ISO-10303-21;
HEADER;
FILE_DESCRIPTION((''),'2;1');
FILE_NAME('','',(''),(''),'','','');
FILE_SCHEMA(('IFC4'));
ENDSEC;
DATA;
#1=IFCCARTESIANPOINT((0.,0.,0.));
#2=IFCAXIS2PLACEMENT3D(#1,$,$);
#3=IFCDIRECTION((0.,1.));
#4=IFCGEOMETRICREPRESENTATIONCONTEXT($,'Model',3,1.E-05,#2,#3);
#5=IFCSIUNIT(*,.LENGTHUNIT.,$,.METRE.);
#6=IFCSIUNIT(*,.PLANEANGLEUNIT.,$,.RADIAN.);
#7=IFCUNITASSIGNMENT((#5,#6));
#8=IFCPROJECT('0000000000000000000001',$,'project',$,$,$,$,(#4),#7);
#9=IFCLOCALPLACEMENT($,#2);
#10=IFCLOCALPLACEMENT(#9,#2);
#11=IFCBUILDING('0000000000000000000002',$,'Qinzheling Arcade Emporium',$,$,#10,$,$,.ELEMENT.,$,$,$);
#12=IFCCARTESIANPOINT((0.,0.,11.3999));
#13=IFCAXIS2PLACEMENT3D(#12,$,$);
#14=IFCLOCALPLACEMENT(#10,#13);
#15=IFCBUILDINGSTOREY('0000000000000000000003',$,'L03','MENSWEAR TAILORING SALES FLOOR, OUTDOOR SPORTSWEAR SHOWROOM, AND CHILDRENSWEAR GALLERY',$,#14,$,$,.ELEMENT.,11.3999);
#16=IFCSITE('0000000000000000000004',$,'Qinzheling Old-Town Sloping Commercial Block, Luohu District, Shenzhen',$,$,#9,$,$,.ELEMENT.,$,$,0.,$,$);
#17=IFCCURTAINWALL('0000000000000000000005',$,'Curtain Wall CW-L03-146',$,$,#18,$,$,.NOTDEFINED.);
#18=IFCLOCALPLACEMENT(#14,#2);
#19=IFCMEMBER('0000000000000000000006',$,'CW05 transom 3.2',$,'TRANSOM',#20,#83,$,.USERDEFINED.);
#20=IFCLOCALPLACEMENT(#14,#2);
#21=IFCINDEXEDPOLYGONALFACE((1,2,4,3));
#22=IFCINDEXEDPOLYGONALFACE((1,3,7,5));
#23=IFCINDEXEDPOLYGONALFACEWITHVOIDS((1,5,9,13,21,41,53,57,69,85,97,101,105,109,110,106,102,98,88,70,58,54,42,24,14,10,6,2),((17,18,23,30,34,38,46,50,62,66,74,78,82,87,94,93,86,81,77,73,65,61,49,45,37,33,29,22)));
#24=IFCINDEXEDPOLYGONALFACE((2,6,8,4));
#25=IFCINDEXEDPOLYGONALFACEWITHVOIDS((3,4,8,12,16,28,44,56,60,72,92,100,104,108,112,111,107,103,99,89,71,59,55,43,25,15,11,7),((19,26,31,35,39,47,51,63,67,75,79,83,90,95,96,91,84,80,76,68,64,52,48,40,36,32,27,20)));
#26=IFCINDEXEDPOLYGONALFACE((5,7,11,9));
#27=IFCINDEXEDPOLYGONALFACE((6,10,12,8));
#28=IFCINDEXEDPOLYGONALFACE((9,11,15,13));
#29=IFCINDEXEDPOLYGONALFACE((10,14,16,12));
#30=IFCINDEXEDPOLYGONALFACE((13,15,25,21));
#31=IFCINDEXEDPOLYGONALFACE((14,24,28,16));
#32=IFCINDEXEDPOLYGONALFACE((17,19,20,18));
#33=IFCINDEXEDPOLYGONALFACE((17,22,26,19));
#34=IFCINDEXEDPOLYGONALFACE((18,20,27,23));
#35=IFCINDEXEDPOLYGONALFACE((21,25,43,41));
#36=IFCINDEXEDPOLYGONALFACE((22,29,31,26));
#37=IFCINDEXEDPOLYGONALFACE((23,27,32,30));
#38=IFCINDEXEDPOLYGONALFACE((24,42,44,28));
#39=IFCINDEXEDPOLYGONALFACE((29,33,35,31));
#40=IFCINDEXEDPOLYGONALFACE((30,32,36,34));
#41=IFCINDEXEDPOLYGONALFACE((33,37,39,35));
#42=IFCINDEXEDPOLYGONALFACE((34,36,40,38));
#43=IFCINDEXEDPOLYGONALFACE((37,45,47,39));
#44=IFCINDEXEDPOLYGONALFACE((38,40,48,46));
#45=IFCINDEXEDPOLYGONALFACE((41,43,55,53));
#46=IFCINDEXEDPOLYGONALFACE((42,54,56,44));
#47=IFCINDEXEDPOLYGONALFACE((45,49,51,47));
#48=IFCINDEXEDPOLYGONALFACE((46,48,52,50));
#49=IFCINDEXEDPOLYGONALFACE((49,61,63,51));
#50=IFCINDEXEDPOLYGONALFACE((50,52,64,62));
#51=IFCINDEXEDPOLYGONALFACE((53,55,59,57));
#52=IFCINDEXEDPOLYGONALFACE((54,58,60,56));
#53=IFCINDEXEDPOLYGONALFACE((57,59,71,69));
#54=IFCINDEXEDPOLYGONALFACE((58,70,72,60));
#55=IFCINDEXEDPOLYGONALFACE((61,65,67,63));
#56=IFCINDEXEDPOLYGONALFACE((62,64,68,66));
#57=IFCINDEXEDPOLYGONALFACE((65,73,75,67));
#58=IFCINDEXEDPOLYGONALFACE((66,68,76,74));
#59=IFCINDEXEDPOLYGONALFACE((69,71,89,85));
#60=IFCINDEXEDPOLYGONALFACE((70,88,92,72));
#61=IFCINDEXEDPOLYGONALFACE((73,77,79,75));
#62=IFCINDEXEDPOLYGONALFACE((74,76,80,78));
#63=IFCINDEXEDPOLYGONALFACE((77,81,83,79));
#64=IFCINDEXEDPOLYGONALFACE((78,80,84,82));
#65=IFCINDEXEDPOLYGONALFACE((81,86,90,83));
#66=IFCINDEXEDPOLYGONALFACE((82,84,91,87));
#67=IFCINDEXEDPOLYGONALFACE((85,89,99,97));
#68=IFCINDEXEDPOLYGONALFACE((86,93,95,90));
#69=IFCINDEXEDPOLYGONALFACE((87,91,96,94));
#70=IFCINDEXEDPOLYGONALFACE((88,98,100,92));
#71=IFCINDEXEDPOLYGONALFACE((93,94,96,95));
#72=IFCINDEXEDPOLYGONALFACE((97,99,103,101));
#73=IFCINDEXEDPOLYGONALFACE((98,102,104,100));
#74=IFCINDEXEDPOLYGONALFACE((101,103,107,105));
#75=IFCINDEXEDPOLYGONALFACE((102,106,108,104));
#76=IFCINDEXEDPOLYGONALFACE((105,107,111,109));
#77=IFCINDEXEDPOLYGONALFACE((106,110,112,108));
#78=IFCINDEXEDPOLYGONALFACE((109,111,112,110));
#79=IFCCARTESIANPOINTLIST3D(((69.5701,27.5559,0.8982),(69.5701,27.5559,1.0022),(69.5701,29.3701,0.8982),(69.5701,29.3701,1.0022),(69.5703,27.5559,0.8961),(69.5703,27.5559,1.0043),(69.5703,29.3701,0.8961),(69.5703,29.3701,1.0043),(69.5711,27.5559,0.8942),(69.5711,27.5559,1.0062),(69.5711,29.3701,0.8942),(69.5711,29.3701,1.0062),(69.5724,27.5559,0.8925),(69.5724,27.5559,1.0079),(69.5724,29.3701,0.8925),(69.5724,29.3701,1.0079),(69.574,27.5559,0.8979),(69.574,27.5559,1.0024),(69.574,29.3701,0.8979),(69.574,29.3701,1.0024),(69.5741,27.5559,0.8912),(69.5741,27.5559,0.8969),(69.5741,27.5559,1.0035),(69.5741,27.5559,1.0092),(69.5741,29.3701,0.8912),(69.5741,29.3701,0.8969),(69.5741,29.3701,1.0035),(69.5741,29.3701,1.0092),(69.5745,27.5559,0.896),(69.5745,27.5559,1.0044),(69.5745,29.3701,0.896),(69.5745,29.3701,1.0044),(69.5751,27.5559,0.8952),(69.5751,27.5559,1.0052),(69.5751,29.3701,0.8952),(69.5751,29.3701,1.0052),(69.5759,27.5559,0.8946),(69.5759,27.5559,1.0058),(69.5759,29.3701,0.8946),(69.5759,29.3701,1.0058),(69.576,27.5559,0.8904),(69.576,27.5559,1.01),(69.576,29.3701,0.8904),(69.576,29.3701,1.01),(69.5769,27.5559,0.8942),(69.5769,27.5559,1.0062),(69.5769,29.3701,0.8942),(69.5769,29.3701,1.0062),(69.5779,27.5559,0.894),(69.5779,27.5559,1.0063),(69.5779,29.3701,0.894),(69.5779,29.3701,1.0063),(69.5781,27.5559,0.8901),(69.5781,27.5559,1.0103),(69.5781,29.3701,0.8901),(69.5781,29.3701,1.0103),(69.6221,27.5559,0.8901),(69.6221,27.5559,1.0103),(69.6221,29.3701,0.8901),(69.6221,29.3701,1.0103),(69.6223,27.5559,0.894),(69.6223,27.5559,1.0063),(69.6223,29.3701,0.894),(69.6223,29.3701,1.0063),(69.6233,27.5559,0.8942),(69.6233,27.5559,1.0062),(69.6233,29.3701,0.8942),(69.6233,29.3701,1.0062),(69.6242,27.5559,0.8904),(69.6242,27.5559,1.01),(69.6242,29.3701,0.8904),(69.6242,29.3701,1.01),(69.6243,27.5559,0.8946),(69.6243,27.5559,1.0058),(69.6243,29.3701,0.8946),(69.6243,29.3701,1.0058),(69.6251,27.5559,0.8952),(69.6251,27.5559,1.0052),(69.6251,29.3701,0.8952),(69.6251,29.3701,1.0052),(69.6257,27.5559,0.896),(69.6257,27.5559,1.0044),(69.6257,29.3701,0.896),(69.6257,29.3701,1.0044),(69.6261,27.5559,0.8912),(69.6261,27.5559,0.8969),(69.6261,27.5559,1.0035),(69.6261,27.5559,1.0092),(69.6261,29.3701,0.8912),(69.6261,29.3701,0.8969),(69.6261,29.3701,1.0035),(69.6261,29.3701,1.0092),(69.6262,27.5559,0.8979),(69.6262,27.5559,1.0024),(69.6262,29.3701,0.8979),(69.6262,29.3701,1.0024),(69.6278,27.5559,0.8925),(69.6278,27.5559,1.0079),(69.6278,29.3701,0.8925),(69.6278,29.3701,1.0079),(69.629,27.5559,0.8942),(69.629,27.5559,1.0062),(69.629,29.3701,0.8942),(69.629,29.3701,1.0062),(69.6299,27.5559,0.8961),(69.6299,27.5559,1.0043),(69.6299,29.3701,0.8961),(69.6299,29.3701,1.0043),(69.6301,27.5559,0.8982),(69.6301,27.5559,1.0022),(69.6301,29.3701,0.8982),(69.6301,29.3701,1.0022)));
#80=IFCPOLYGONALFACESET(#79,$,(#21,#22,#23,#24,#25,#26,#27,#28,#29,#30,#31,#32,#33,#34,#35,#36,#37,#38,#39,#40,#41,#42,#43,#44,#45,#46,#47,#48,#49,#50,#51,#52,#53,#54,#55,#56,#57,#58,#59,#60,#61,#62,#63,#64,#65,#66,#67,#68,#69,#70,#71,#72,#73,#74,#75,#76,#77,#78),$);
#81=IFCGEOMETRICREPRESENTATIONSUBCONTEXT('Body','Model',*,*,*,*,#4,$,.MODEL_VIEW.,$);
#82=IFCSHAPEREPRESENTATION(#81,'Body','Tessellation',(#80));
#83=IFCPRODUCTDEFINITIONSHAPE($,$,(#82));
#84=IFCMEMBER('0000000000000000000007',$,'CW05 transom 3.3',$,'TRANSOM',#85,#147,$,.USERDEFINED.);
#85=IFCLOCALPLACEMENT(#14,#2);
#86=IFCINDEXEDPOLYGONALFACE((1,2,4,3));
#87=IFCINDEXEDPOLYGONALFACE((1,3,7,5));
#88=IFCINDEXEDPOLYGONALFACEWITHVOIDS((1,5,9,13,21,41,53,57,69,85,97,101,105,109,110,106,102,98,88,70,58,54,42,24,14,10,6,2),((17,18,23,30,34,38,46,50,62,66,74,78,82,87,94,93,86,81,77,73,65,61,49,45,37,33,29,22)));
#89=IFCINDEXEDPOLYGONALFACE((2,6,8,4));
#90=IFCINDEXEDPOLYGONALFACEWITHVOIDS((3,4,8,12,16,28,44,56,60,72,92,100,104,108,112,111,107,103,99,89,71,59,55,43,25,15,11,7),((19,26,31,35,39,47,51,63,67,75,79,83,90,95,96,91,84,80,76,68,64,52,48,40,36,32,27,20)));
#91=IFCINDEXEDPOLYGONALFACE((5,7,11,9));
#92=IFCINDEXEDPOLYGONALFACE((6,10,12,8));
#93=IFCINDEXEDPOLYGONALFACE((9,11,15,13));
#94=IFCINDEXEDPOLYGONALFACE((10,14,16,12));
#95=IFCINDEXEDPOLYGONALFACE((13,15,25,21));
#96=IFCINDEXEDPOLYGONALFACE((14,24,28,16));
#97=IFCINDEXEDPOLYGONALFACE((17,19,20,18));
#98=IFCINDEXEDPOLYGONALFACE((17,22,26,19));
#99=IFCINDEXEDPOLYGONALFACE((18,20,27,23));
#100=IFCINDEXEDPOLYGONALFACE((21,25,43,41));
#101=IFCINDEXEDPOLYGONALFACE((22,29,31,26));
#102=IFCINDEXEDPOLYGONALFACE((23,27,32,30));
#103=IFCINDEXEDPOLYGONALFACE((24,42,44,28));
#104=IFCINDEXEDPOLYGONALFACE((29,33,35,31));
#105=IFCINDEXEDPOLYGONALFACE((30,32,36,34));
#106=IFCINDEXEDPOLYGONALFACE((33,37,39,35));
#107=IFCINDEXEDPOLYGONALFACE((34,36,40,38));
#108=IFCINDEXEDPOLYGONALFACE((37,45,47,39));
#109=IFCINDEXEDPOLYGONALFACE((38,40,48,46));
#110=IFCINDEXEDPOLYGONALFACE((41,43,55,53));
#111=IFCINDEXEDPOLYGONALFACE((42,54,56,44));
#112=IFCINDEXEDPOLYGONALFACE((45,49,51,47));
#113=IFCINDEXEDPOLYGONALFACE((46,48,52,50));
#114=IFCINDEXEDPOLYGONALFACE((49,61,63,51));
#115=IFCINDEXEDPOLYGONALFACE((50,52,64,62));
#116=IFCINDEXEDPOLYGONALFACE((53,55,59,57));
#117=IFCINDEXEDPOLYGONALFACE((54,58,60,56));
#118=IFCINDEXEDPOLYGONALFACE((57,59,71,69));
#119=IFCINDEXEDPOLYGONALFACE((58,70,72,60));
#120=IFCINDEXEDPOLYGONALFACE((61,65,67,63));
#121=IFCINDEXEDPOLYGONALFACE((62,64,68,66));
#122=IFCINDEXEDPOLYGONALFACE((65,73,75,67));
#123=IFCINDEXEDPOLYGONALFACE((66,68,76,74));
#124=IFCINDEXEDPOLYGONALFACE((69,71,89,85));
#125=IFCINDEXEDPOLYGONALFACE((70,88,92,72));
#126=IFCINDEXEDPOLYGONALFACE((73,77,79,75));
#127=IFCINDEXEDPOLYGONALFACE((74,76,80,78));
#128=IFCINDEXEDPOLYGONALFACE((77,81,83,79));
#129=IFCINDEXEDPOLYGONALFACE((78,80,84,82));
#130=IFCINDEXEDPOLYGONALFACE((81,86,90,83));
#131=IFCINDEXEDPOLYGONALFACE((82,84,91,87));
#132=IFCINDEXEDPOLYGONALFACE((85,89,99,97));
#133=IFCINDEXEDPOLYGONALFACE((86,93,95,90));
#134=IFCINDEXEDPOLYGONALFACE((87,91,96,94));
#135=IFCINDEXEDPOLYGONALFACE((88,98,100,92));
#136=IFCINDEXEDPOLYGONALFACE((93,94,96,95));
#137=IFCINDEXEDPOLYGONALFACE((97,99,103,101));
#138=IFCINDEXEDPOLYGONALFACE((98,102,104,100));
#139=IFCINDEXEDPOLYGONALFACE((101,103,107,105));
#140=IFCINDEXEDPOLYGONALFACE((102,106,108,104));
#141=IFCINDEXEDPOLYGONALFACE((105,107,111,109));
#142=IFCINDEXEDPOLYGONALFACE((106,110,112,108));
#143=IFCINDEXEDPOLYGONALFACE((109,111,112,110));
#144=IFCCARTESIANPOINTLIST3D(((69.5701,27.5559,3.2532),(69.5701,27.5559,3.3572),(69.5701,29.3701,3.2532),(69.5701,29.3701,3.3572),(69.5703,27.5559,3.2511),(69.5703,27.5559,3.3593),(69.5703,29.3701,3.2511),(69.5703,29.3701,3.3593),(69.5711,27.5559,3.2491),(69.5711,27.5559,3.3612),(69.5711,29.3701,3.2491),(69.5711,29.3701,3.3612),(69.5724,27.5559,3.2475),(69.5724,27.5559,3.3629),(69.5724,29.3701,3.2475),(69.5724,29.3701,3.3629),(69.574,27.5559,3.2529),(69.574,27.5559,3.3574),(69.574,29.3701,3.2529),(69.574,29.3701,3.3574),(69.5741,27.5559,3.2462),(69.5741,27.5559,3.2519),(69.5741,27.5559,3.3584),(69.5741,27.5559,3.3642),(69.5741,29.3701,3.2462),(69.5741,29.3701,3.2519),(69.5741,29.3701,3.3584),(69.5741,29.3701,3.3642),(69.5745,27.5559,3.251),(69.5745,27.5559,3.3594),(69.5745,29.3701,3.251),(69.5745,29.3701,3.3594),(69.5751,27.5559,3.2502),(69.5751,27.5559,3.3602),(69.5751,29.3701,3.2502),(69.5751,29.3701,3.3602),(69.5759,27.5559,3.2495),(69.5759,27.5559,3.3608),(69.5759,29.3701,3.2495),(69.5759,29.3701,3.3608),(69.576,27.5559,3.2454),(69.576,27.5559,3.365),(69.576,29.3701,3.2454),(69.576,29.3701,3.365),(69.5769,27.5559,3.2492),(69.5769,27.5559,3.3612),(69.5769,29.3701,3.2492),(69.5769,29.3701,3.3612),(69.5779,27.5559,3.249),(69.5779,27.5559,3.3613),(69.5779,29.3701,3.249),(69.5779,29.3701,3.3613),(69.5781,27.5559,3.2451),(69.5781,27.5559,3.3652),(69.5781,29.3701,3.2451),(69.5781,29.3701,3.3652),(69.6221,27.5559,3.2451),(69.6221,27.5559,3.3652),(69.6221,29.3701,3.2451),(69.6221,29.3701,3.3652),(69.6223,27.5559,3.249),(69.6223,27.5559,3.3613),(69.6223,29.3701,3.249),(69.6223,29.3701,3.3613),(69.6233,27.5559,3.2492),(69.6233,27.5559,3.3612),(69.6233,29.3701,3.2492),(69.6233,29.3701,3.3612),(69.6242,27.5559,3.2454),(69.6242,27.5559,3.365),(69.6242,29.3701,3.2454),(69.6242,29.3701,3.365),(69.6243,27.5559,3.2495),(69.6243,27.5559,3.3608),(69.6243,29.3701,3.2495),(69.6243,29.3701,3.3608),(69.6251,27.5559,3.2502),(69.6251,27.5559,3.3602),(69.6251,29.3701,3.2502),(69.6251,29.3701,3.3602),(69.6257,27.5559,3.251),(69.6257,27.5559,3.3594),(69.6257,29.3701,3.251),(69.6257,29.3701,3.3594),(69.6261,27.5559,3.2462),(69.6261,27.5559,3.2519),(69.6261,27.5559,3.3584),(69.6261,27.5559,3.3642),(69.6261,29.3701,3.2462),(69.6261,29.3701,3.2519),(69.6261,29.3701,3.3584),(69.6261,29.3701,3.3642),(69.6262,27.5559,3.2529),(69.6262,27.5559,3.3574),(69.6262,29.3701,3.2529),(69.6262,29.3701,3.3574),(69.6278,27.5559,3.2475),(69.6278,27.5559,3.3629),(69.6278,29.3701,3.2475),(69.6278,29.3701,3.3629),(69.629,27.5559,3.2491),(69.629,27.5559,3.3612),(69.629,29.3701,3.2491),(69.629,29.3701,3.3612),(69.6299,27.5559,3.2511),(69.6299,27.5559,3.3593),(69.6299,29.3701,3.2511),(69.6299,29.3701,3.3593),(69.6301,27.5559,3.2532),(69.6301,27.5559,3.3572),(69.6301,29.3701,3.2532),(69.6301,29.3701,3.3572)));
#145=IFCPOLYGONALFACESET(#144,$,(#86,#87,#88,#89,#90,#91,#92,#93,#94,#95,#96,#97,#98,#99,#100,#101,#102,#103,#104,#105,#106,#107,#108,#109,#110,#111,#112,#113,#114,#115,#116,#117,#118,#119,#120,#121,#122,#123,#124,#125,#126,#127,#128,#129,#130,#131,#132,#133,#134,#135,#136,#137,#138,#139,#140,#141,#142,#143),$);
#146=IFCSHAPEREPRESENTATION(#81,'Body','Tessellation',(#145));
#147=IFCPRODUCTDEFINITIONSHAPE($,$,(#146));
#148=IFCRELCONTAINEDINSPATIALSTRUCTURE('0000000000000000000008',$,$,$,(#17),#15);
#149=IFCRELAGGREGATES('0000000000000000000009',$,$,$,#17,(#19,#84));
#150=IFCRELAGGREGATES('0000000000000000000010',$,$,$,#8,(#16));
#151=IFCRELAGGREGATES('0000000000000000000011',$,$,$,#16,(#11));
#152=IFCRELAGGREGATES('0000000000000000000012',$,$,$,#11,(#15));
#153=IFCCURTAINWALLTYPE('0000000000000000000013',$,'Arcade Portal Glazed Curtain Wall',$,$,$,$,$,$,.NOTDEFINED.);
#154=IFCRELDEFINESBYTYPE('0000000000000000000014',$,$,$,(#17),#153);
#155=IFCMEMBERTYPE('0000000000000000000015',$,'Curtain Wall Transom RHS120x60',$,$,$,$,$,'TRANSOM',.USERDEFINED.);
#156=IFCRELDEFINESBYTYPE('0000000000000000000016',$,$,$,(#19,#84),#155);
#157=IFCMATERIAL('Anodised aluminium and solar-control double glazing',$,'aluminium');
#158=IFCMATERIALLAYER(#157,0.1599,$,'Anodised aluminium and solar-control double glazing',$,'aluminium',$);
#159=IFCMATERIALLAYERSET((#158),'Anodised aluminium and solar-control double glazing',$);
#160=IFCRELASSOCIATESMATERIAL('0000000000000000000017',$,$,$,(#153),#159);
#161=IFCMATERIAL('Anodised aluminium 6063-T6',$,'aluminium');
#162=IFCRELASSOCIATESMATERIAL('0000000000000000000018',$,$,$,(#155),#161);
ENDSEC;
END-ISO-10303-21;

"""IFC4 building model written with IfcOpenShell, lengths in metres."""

from ifc_helpers import new_model, si_unit, direction, frame, origin, origin_2d, place, context, subcontext, project, spatial, hollow_rectangle, extrude, material, layer, layer_set, material_profile, profile_set, type_object, element, aggregate, save


model = new_model("IFC4")

# Units and contexts
model_context = context("Model", 3, precision=1e-05, world=origin(), true_north=direction((0.0, 1.0)))
body_context = subcontext(model_context, "Body", "Model", "MODEL_VIEW")
ifc_project = project(units=[si_unit("LENGTHUNIT", "METRE"), si_unit("PLANEANGLEUNIT", "RADIAN")], contexts=[model_context])

# Site, building, storey
site_placement = place(None, origin())
site = spatial("IfcSite", under=ifc_project, at=site_placement, Name="Qinzheling Old-Town Sloping Commercial Block, Luohu District, Shenzhen", CompositionType="ELEMENT", RefElevation=0.0)
building_placement = place(site_placement, origin())
building = spatial("IfcBuilding", under=site, at=building_placement, Name="Qinzheling Arcade Emporium", CompositionType="ELEMENT")
storey_placement = place(building_placement, frame((0.0, 0.0, 11.3999)))
storey = spatial("IfcBuildingStorey", under=building, at=storey_placement, Name="L03", Description="MENSWEAR TAILORING SALES FLOOR, OUTDOOR SPORTSWEAR SHOWROOM, AND CHILDRENSWEAR GALLERY", CompositionType="ELEMENT", Elevation=11.3999)

# Shared definitions
ifc_material_1 = material(Name="Anodised aluminium and solar-control double glazing", Category="aluminium")
ifc_layer_1 = layer(ifc_material_1, 0.1599, Name="Anodised aluminium and solar-control double glazing", Category="aluminium")
ifc_layer_set_1 = layer_set([ifc_layer_1], Name="Anodised aluminium and solar-control double glazing")
curtain_wall_type = type_object("IfcCurtainWallType", Name="Arcade Portal Glazed Curtain Wall", PredefinedType="NOTDEFINED", material=ifc_layer_set_1)
ifc_material_2 = material(Name="Anodised aluminium 6063-T6", Category="aluminium")

# Curtain wall, members
curtain_wall_1_placement = place(storey_placement, origin())
curtain_wall_1 = element("IfcCurtainWall", 1, at=curtain_wall_1_placement, inside=storey, type_object=curtain_wall_type, Name="Curtain Wall CW-L03-146", PredefinedType="NOTDEFINED")
ifc_material_profile_1 = material_profile(ifc_material_2, hollow_rectangle(XDim=0.0601, YDim=0.1201, WallThickness=0.0039, InnerFilletRadius=0.0039, OuterFilletRadius=0.0081, at=origin_2d()), Name="RHS 120x60x4", Category="aluminium")
ifc_profile_set_1 = profile_set([ifc_material_profile_1], Name="Anodised aluminium 6063-T6")
member_type_1 = type_object("IfcMemberType", Name="Curtain Wall Transom RHS120x60", ElementType="TRANSOM", PredefinedType="USERDEFINED", material=ifc_profile_set_1)
member_1_placement = place(storey_placement, frame((69.6001, 29.3701, 0.9502), z_axis=(0.0, -1.0, 0.0), x_axis=(1.0, 0.0, 0.0)))
member_1 = element("IfcMember", 2, at=member_1_placement, type_object=member_type_1, Name="CW05 transom 3.2", ObjectType="TRANSOM", PredefinedType="USERDEFINED", context=body_context, shape_type="SweptSolid", body=[
    extrude(hollow_rectangle(XDim=0.0601, YDim=0.1201, WallThickness=0.0039, InnerFilletRadius=0.0039, OuterFilletRadius=0.0081, at=origin_2d()), origin(), (0.0, 0.0, 1.0), 1.8142),
])
member_2_placement = place(storey_placement, frame((69.6001, 29.3701, 3.3052), z_axis=(0.0, -1.0, 0.0), x_axis=(1.0, 0.0, 0.0)))
member_2 = element("IfcMember", 3, at=member_2_placement, type_object=member_type_1, Name="CW05 transom 3.3", ObjectType="TRANSOM", PredefinedType="USERDEFINED", context=body_context, shape_type="SweptSolid", body=[
    extrude(hollow_rectangle(XDim=0.0601, YDim=0.1201, WallThickness=0.0039, InnerFilletRadius=0.0039, OuterFilletRadius=0.0081, at=origin_2d()), origin(), (0.0, 0.0, 1.0), 1.8142),
])

aggregate(curtain_wall_1, [member_1, member_2])

save(model, "model.ifc")
